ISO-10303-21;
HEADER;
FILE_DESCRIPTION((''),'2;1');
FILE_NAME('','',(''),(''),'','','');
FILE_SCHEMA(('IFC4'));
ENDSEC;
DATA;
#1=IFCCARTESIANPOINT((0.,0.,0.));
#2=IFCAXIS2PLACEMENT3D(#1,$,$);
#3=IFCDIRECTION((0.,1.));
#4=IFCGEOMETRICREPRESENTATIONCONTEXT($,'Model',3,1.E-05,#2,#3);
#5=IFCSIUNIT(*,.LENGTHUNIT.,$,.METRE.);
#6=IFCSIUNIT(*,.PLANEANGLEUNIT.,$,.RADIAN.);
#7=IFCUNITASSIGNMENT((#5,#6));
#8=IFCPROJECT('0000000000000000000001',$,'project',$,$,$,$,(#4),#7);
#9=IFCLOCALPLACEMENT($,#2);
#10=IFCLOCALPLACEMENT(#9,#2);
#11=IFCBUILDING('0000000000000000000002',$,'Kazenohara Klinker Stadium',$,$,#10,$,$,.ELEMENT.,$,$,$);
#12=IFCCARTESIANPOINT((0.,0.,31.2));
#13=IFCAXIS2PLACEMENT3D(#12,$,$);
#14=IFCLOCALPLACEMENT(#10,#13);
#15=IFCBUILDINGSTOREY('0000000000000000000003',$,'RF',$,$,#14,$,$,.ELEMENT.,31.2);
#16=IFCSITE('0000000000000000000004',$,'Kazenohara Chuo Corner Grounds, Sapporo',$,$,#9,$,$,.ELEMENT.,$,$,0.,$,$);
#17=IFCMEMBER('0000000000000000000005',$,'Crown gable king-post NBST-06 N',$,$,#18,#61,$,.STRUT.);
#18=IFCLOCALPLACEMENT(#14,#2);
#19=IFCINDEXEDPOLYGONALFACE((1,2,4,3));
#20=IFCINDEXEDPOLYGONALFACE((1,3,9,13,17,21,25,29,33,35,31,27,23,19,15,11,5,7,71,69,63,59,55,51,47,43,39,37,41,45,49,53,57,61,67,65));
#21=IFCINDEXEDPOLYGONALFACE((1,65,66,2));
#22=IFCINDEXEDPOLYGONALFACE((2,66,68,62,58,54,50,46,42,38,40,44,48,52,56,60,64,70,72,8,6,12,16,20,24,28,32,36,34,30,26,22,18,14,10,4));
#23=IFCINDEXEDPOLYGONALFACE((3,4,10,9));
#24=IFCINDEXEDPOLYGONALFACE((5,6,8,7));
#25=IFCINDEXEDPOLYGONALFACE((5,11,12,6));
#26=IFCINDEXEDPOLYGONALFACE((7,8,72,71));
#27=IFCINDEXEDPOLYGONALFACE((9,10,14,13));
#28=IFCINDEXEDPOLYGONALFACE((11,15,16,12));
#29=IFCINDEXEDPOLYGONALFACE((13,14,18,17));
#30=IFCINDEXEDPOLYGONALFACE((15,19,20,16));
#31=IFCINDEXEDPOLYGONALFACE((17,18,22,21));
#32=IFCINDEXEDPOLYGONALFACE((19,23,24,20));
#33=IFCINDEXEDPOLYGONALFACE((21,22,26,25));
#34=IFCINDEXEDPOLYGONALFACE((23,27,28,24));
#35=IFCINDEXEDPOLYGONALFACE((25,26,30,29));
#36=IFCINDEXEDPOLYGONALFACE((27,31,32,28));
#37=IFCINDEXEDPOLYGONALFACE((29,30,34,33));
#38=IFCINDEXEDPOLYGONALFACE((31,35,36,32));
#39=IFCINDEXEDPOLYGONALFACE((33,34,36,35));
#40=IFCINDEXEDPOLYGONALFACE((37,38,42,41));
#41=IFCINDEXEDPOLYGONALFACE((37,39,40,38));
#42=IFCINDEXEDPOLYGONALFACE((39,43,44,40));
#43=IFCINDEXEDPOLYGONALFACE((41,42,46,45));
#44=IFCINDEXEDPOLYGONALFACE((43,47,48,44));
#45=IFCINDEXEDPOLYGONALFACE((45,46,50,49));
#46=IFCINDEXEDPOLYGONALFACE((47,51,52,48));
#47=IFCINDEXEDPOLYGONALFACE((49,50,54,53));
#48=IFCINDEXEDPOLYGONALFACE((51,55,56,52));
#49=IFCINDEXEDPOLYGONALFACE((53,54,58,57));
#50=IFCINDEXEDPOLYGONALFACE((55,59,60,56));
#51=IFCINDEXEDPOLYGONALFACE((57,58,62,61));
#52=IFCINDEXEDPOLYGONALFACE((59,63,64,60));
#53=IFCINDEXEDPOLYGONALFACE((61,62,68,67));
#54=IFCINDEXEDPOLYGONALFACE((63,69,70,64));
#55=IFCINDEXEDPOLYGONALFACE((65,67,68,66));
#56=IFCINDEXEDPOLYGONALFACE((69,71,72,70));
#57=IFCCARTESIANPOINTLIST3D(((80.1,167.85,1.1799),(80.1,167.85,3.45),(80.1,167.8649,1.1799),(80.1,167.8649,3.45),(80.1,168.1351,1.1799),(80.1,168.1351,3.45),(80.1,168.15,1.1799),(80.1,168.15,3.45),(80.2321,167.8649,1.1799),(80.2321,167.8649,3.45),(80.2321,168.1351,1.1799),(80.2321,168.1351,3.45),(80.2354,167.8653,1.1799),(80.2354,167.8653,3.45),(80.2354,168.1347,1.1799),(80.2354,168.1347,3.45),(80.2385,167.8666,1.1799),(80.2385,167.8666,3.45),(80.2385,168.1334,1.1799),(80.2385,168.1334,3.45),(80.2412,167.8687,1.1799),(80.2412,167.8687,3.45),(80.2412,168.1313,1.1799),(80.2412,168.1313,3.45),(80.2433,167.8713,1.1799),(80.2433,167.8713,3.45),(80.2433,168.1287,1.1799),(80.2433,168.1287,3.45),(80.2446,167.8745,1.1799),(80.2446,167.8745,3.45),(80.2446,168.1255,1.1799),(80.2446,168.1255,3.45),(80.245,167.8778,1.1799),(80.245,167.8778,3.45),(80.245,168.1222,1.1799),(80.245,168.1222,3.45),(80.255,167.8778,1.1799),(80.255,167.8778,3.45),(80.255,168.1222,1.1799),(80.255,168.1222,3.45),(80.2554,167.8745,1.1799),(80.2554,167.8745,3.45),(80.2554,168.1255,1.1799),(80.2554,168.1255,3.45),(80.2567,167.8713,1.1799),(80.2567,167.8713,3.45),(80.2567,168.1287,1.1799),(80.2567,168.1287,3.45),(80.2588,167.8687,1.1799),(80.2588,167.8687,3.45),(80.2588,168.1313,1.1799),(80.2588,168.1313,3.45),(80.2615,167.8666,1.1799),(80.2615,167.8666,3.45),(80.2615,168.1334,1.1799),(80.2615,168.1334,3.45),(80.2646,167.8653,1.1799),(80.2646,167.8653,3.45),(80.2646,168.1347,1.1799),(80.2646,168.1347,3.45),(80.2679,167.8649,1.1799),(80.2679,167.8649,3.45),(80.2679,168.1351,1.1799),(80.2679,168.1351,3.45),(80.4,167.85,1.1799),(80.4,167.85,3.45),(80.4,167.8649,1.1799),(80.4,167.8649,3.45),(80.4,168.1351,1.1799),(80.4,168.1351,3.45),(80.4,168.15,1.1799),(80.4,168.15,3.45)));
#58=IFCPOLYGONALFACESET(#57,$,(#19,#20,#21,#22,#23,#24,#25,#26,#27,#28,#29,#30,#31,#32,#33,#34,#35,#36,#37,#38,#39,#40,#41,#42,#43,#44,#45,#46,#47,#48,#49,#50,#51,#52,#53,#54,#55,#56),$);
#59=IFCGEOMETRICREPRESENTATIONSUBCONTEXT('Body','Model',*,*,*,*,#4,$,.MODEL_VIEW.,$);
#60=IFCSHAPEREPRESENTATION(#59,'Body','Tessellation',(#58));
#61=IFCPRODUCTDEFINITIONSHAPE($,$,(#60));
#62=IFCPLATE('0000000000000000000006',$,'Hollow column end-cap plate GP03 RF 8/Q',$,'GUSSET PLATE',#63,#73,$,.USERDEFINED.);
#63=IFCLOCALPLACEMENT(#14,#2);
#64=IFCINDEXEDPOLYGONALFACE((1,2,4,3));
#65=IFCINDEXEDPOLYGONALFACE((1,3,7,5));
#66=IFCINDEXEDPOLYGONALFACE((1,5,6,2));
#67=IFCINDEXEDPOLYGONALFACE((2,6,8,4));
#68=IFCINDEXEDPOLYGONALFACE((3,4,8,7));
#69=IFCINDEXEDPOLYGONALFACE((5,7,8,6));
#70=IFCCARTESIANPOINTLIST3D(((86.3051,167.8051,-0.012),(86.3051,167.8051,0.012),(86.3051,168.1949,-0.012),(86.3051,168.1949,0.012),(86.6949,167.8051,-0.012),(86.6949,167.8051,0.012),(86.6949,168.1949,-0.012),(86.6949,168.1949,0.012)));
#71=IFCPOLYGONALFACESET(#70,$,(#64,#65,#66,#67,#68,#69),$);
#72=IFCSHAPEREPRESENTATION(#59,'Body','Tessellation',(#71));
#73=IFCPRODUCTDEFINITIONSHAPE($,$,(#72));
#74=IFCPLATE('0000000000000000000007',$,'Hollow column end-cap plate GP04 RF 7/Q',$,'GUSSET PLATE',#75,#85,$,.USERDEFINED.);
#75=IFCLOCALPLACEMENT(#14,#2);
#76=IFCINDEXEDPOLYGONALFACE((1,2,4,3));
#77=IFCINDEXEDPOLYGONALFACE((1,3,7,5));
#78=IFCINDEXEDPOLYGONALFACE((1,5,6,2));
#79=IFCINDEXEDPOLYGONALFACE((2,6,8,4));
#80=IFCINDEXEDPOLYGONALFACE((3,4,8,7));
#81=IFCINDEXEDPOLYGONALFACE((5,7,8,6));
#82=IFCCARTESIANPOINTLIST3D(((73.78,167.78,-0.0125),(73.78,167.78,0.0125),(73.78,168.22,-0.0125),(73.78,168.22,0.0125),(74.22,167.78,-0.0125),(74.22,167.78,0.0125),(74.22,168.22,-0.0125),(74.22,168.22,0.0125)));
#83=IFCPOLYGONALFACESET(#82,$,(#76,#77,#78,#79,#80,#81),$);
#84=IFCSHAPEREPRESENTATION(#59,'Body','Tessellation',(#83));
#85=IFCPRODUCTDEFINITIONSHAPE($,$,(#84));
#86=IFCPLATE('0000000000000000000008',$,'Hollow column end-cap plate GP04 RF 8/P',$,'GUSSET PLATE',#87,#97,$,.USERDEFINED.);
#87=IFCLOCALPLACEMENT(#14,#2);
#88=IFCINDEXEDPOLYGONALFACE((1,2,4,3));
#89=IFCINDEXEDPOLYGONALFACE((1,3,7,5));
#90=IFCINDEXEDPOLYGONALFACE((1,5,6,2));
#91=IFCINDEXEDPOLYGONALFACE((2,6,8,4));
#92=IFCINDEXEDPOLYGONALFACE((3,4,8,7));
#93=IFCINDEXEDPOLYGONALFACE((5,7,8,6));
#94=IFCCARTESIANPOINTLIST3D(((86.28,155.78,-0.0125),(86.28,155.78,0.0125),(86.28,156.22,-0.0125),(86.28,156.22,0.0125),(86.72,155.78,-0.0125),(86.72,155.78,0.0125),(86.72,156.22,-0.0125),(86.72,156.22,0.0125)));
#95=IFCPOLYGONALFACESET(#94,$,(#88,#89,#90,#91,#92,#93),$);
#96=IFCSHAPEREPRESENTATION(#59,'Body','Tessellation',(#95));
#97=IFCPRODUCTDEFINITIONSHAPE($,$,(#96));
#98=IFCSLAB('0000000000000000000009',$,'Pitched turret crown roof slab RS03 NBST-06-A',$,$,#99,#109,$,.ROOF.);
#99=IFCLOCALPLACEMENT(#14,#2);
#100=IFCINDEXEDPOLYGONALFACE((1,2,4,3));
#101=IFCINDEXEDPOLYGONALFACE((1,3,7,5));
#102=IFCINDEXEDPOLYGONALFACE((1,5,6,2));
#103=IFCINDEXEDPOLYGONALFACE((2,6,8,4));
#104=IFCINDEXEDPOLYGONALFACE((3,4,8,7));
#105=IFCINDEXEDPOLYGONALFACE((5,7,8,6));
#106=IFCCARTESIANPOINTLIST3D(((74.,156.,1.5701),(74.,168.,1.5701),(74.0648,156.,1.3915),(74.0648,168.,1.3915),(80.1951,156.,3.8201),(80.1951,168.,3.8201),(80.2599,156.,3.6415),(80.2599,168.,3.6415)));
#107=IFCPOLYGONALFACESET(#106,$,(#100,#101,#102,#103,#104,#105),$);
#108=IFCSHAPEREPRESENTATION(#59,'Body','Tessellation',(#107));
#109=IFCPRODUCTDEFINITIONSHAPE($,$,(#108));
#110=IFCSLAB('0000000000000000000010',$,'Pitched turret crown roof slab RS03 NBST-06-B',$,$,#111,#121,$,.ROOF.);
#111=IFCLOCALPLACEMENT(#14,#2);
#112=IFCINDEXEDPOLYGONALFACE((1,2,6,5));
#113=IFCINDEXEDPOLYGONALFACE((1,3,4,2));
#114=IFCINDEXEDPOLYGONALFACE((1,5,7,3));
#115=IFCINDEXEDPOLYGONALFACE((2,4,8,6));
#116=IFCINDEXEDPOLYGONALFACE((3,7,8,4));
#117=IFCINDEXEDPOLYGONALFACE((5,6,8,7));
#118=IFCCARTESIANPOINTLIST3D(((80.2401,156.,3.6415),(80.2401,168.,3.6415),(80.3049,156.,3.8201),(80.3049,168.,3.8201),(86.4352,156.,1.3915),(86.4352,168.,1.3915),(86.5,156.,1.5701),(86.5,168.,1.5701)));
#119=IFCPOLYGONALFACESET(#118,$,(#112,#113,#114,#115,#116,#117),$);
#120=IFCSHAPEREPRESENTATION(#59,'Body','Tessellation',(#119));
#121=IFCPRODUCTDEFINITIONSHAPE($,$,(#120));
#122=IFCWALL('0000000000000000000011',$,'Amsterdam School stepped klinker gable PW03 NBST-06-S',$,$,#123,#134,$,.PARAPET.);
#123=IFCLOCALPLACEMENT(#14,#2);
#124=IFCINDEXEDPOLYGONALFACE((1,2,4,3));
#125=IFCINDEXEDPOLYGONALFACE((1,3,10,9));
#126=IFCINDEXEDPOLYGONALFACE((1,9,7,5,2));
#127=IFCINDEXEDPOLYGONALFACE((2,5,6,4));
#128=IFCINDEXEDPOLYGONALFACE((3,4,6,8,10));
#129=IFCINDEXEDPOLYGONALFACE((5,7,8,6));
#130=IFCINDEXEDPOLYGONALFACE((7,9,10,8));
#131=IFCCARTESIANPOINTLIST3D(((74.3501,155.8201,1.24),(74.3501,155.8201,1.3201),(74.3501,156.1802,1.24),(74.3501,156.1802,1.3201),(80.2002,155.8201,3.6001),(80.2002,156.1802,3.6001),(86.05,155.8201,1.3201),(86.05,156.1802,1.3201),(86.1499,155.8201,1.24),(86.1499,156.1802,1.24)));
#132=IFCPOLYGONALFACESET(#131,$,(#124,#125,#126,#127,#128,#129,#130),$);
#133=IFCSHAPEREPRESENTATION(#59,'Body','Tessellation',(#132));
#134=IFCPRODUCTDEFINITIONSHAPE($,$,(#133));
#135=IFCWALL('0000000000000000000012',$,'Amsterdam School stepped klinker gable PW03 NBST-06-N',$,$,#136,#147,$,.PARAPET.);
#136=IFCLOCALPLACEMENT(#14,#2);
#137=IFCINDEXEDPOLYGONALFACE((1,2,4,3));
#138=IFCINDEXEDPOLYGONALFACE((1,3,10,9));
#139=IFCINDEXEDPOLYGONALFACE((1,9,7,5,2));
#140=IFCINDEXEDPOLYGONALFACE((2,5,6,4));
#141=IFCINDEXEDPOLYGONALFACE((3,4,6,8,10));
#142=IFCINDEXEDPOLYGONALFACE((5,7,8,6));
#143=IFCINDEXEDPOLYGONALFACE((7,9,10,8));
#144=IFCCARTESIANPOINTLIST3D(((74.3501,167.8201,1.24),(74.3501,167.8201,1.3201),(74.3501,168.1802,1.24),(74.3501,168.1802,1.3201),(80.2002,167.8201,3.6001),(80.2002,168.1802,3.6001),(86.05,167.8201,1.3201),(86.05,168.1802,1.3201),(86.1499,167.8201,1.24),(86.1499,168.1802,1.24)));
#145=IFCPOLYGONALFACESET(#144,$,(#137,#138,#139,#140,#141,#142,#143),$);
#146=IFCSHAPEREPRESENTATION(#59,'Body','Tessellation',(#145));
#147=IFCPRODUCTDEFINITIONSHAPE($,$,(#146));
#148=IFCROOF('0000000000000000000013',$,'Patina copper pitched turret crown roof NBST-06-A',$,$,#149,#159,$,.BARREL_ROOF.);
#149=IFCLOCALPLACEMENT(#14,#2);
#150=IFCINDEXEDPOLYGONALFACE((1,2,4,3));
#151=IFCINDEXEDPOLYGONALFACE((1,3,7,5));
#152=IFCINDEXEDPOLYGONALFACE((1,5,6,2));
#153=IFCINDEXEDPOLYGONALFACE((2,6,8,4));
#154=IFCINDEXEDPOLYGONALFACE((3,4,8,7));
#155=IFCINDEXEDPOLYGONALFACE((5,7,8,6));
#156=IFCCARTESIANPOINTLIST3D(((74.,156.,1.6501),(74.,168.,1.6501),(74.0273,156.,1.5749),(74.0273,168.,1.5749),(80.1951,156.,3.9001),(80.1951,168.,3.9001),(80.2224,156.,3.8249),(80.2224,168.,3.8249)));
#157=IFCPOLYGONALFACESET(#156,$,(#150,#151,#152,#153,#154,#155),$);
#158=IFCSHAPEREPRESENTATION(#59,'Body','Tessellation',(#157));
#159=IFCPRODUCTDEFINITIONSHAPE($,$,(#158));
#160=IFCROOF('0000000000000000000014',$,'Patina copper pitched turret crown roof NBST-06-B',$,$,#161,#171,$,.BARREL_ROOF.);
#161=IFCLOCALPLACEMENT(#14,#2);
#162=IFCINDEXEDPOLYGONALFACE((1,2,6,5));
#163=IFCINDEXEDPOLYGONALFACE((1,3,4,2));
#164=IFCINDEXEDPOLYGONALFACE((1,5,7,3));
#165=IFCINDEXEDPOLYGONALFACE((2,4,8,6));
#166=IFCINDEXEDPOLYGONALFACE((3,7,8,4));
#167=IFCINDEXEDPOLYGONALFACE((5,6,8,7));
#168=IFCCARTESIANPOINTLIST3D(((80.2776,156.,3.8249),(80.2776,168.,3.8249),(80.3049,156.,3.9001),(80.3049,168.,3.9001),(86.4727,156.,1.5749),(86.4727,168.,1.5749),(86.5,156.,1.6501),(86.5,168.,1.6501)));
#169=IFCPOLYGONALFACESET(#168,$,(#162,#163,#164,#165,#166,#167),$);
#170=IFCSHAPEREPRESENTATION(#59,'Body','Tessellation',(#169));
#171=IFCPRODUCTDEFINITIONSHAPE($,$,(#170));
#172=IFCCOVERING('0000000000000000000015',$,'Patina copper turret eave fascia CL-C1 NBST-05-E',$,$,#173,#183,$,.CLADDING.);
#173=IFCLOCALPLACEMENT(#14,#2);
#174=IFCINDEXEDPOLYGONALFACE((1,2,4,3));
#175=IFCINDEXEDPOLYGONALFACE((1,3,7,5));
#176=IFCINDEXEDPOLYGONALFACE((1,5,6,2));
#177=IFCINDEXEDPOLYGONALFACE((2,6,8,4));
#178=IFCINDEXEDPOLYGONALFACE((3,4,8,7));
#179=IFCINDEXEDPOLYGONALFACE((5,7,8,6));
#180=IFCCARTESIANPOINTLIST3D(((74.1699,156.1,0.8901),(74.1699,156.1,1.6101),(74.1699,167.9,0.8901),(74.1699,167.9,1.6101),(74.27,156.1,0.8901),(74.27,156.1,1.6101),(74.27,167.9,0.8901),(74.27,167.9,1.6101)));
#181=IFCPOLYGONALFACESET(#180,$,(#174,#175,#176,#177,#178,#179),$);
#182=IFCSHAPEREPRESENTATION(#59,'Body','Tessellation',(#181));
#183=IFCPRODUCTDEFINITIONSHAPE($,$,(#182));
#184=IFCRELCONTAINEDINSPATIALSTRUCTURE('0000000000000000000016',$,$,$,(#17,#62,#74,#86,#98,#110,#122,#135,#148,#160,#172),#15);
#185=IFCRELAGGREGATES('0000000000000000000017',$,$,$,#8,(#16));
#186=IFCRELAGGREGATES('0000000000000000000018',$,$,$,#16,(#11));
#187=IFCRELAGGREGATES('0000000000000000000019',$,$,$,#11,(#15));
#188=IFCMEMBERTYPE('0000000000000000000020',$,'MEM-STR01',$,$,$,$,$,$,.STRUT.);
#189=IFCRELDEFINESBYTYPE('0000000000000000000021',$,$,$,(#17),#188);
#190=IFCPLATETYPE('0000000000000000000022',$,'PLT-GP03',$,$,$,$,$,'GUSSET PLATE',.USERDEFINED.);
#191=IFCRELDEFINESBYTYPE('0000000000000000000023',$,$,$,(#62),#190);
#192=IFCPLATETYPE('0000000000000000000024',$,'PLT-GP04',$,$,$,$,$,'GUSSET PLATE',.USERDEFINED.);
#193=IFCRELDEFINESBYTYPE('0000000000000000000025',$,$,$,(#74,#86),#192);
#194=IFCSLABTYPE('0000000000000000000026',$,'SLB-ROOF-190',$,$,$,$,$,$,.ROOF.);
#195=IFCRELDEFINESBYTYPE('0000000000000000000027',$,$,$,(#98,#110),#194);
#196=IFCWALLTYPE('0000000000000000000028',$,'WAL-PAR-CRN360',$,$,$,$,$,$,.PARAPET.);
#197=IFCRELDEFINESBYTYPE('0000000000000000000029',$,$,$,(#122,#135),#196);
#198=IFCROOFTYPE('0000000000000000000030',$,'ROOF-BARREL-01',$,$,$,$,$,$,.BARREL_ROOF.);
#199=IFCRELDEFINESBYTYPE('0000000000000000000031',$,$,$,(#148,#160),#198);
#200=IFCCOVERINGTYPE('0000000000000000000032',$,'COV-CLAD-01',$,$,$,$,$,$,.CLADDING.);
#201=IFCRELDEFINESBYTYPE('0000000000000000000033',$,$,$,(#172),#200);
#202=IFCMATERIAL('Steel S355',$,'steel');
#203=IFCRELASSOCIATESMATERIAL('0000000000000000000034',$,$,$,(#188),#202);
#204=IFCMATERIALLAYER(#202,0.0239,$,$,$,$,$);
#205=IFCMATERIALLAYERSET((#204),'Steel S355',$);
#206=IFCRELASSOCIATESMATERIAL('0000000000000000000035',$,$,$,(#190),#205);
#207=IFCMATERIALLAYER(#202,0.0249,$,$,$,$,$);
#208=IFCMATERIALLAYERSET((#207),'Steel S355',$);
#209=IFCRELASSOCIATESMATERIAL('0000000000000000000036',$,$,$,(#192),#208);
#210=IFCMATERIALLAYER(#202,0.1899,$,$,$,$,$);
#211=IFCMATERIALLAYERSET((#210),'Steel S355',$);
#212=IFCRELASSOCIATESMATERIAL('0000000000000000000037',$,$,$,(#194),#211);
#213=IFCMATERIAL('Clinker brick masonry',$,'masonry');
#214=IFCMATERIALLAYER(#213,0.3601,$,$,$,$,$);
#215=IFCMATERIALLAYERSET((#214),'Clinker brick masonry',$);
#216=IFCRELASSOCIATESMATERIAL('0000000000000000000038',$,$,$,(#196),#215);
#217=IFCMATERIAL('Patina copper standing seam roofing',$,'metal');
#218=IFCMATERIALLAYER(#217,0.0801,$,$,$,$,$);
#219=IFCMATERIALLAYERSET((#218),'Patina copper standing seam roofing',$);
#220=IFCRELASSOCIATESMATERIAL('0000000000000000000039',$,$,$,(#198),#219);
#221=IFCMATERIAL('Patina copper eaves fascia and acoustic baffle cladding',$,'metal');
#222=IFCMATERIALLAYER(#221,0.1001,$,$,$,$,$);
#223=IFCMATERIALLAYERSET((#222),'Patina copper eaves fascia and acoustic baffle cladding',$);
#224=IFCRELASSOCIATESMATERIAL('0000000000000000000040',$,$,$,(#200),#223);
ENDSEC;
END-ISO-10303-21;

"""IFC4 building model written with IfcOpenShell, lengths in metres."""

from ifc_helpers import new_model, si_unit, direction, frame, origin, origin_2d, place, context, subcontext, project, spatial, polyline, rectangle, i_section, outline, extrude, material, layer, layer_set, material_profile, profile_set, type_object, element, save


model = new_model("IFC4")

# Units and contexts
model_context = context("Model", 3, precision=1e-05, world=origin(), true_north=direction((0.0, 1.0)))
body_context = subcontext(model_context, "Body", "Model", "MODEL_VIEW")
ifc_project = project(units=[si_unit("LENGTHUNIT", "METRE"), si_unit("PLANEANGLEUNIT", "RADIAN")], contexts=[model_context])

# Site, building, storey
site_placement = place(None, origin())
site = spatial("IfcSite", under=ifc_project, at=site_placement, Name="Kazenohara Chuo Corner Grounds, Sapporo", CompositionType="ELEMENT", RefElevation=0.0)
building_placement = place(site_placement, origin())
building = spatial("IfcBuilding", under=site, at=building_placement, Name="Kazenohara Klinker Stadium", CompositionType="ELEMENT")
storey_placement = place(building_placement, frame((0.0, 0.0, 31.2)))
storey = spatial("IfcBuildingStorey", under=building, at=storey_placement, Name="RF", CompositionType="ELEMENT", Elevation=31.2)

# Member
ifc_material_1 = material(Name="Steel S355", Category="steel")
ifc_material_profile_1 = material_profile(ifc_material_1, i_section(OverallWidth=0.3, OverallDepth=0.3, WebThickness=0.01, FlangeThickness=0.0149, FilletRadius=0.0129, at=origin_2d()), Name="H-300x300x10x15")
ifc_profile_set_1 = profile_set([ifc_material_profile_1], Name="Steel S355")
member_type_1 = type_object("IfcMemberType", Name="MEM-STR01", PredefinedType="STRUT", material=ifc_profile_set_1)
for number, where, z_axis, x_axis, name in (
    (1, (80.25, 168.0, 1.1799), (0.0, 0.0, 1.0), (1.0, 0.0, 0.0), "Crown gable king-post NBST-06 N"),
):
    element("IfcMember", number, at=place(storey_placement, frame(where, z_axis=z_axis, x_axis=x_axis)), inside=storey, type_object=member_type_1, Name=name, PredefinedType="STRUT", context=body_context, shape_type="SweptSolid", body=[
        extrude(i_section(OverallWidth=0.3, OverallDepth=0.3, WebThickness=0.01, FlangeThickness=0.0149, FilletRadius=0.0129, at=origin_2d()), origin(), (0.0, 0.0, 1.0), 2.27),
    ])

# Plates
ifc_layer_1 = layer(ifc_material_1, 0.0239)
ifc_layer_set_1 = layer_set([ifc_layer_1], Name="Steel S355")
plate_type_1 = type_object("IfcPlateType", Name="PLT-GP03", ElementType="GUSSET PLATE", PredefinedType="USERDEFINED", material=ifc_layer_set_1)
plate_placement = place(storey_placement, frame((86.5, 168.0, -0.012), z_axis=(0.0, 0.0, 1.0), x_axis=(1.0, 0.0, 0.0)))
element("IfcPlate", 2, at=plate_placement, inside=storey, type_object=plate_type_1, Name="Hollow column end-cap plate GP03 RF 8/Q", ObjectType="GUSSET PLATE", PredefinedType="USERDEFINED", context=body_context, shape_type="SweptSolid", body=[
    extrude(rectangle(XDim=0.3899, YDim=0.3899, at=origin_2d()), origin(), (0.0, 0.0, 1.0), 0.0239),
])
ifc_layer_2 = layer(ifc_material_1, 0.0249)
ifc_layer_set_2 = layer_set([ifc_layer_2], Name="Steel S355")
plate_type_2 = type_object("IfcPlateType", Name="PLT-GP04", ElementType="GUSSET PLATE", PredefinedType="USERDEFINED", material=ifc_layer_set_2)
for number, where, z_axis, x_axis, name in (
    (3, (74.0, 168.0, -0.0125), (0.0, 0.0, 1.0), (1.0, 0.0, 0.0), "Hollow column end-cap plate GP04 RF 7/Q"),
    (4, (86.5, 156.0, -0.0125), (0.0, 0.0, 1.0), (1.0, 0.0, 0.0), "Hollow column end-cap plate GP04 RF 8/P"),
):
    element("IfcPlate", number, at=place(storey_placement, frame(where, z_axis=z_axis, x_axis=x_axis)), inside=storey, type_object=plate_type_2, Name=name, ObjectType="GUSSET PLATE", PredefinedType="USERDEFINED", context=body_context, shape_type="SweptSolid", body=[
        extrude(rectangle(XDim=0.4399, YDim=0.4399, at=origin_2d()), origin(), (0.0, 0.0, 1.0), 0.0249),
    ])

# Slabs
ifc_layer_3 = layer(ifc_material_1, 0.1899)
ifc_layer_set_3 = layer_set([ifc_layer_3], Name="Steel S355")
slab_type = type_object("IfcSlabType", Name="SLB-ROOF-190", PredefinedType="ROOF", material=ifc_layer_set_3)
for number, where, z_axis, x_axis, name in (
    (5, (74.0, 156.0, 1.5701), (-0.341374, 0.0, 0.939927), (0.939927, 0.0, 0.341374), "Pitched turret crown roof slab RS03 NBST-06-A"),
    (6, (80.3049, 156.0, 3.8201), (0.341374, 0.0, 0.939927), (0.939927, 0.0, -0.341374), "Pitched turret crown roof slab RS03 NBST-06-B"),
):
    element("IfcSlab", number, at=place(storey_placement, frame(where, z_axis=z_axis, x_axis=x_axis)), inside=storey, type_object=slab_type, Name=name, PredefinedType="ROOF", context=body_context, shape_type="SweptSolid", body=[
        extrude(outline(polyline([(0.0, 0.0), (6.591, 0.0), (6.591, 12.0), (0.0, 12.0), (0.0, 0.0)])), origin(), (0.0, 0.0, -1.0), 0.1899),
    ])

# Walls
ifc_material_2 = material(Name="Clinker brick masonry", Category="masonry")
ifc_layer_4 = layer(ifc_material_2, 0.3601)
ifc_layer_set_4 = layer_set([ifc_layer_4], Name="Clinker brick masonry")
wall_type = type_object("IfcWallType", Name="WAL-PAR-CRN360", PredefinedType="PARAPET", material=ifc_layer_set_4)
for number, where, z_axis, x_axis, name in (
    (7, (74.3501, 156.0, 1.24), (0.0, 0.0, 1.0), (1.0, 0.0, 0.0), "Amsterdam School stepped klinker gable PW03 NBST-06-S"),
    (8, (74.3501, 168.0, 1.24), (0.0, 0.0, 1.0), (1.0, 0.0, 0.0), "Amsterdam School stepped klinker gable PW03 NBST-06-N"),
):
    element("IfcWall", number, at=place(storey_placement, frame(where, z_axis=z_axis, x_axis=x_axis)), inside=storey, type_object=wall_type, Name=name, PredefinedType="PARAPET", context=body_context, shape_type="SweptSolid", body=[
        extrude(outline(polyline([(0.0, 0.0), (11.7998, 0.0), (11.7, 0.0801), (5.8501, 2.3601), (0.0, 0.0801), (0.0, 0.0)])), frame((0.0, 0.1802, 0.0), z_axis=(0.0, -1.0, 0.0), x_axis=(1.0, 0.0, 0.0)), (0.0, 0.0, 1.0), 0.3601),
    ])

# Roofs
ifc_material_3 = material(Name="Patina copper standing seam roofing", Category="metal")
ifc_layer_5 = layer(ifc_material_3, 0.0801)
ifc_layer_set_5 = layer_set([ifc_layer_5], Name="Patina copper standing seam roofing")
roof_type = type_object("IfcRoofType", Name="ROOF-BARREL-01", PredefinedType="BARREL_ROOF", material=ifc_layer_set_5)
for number, where, z_axis, x_axis, name in (
    (9, (74.0, 156.0, 1.6501), (-0.341374, 0.0, 0.939927), (0.939927, 0.0, 0.341374), "Patina copper pitched turret crown roof NBST-06-A"),
    (10, (80.3049, 156.0, 3.9001), (0.341374, 0.0, 0.939927), (0.939927, 0.0, -0.341374), "Patina copper pitched turret crown roof NBST-06-B"),
):
    element("IfcRoof", number, at=place(storey_placement, frame(where, z_axis=z_axis, x_axis=x_axis)), inside=storey, type_object=roof_type, Name=name, PredefinedType="BARREL_ROOF", context=body_context, shape_type="SweptSolid", body=[
        extrude(outline(polyline([(0.0, 0.0), (6.591, 0.0), (6.591, 12.0), (0.0, 12.0), (0.0, 0.0)])), origin(), (0.0, 0.0, -1.0), 0.0801),
    ])

# Covering
ifc_material_4 = material(Name="Patina copper eaves fascia and acoustic baffle cladding", Category="metal")
ifc_layer_6 = layer(ifc_material_4, 0.1001)
ifc_layer_set_6 = layer_set([ifc_layer_6], Name="Patina copper eaves fascia and acoustic baffle cladding")
covering_type = type_object("IfcCoveringType", Name="COV-CLAD-01", PredefinedType="CLADDING", material=ifc_layer_set_6)
covering_placement = place(storey_placement, frame((74.22, 162.0, 0.8901), z_axis=(0.0, 0.0, 1.0), x_axis=(1.0, 0.0, 0.0)))
element("IfcCovering", 11, at=covering_placement, inside=storey, type_object=covering_type, Name="Patina copper turret eave fascia CL-C1 NBST-05-E", PredefinedType="CLADDING", context=body_context, shape_type="SweptSolid", body=[
    extrude(rectangle(XDim=0.1001, YDim=11.8, at=origin_2d()), origin(), (0.0, 0.0, 1.0), 0.72),
])

save(model, "model.ifc")
